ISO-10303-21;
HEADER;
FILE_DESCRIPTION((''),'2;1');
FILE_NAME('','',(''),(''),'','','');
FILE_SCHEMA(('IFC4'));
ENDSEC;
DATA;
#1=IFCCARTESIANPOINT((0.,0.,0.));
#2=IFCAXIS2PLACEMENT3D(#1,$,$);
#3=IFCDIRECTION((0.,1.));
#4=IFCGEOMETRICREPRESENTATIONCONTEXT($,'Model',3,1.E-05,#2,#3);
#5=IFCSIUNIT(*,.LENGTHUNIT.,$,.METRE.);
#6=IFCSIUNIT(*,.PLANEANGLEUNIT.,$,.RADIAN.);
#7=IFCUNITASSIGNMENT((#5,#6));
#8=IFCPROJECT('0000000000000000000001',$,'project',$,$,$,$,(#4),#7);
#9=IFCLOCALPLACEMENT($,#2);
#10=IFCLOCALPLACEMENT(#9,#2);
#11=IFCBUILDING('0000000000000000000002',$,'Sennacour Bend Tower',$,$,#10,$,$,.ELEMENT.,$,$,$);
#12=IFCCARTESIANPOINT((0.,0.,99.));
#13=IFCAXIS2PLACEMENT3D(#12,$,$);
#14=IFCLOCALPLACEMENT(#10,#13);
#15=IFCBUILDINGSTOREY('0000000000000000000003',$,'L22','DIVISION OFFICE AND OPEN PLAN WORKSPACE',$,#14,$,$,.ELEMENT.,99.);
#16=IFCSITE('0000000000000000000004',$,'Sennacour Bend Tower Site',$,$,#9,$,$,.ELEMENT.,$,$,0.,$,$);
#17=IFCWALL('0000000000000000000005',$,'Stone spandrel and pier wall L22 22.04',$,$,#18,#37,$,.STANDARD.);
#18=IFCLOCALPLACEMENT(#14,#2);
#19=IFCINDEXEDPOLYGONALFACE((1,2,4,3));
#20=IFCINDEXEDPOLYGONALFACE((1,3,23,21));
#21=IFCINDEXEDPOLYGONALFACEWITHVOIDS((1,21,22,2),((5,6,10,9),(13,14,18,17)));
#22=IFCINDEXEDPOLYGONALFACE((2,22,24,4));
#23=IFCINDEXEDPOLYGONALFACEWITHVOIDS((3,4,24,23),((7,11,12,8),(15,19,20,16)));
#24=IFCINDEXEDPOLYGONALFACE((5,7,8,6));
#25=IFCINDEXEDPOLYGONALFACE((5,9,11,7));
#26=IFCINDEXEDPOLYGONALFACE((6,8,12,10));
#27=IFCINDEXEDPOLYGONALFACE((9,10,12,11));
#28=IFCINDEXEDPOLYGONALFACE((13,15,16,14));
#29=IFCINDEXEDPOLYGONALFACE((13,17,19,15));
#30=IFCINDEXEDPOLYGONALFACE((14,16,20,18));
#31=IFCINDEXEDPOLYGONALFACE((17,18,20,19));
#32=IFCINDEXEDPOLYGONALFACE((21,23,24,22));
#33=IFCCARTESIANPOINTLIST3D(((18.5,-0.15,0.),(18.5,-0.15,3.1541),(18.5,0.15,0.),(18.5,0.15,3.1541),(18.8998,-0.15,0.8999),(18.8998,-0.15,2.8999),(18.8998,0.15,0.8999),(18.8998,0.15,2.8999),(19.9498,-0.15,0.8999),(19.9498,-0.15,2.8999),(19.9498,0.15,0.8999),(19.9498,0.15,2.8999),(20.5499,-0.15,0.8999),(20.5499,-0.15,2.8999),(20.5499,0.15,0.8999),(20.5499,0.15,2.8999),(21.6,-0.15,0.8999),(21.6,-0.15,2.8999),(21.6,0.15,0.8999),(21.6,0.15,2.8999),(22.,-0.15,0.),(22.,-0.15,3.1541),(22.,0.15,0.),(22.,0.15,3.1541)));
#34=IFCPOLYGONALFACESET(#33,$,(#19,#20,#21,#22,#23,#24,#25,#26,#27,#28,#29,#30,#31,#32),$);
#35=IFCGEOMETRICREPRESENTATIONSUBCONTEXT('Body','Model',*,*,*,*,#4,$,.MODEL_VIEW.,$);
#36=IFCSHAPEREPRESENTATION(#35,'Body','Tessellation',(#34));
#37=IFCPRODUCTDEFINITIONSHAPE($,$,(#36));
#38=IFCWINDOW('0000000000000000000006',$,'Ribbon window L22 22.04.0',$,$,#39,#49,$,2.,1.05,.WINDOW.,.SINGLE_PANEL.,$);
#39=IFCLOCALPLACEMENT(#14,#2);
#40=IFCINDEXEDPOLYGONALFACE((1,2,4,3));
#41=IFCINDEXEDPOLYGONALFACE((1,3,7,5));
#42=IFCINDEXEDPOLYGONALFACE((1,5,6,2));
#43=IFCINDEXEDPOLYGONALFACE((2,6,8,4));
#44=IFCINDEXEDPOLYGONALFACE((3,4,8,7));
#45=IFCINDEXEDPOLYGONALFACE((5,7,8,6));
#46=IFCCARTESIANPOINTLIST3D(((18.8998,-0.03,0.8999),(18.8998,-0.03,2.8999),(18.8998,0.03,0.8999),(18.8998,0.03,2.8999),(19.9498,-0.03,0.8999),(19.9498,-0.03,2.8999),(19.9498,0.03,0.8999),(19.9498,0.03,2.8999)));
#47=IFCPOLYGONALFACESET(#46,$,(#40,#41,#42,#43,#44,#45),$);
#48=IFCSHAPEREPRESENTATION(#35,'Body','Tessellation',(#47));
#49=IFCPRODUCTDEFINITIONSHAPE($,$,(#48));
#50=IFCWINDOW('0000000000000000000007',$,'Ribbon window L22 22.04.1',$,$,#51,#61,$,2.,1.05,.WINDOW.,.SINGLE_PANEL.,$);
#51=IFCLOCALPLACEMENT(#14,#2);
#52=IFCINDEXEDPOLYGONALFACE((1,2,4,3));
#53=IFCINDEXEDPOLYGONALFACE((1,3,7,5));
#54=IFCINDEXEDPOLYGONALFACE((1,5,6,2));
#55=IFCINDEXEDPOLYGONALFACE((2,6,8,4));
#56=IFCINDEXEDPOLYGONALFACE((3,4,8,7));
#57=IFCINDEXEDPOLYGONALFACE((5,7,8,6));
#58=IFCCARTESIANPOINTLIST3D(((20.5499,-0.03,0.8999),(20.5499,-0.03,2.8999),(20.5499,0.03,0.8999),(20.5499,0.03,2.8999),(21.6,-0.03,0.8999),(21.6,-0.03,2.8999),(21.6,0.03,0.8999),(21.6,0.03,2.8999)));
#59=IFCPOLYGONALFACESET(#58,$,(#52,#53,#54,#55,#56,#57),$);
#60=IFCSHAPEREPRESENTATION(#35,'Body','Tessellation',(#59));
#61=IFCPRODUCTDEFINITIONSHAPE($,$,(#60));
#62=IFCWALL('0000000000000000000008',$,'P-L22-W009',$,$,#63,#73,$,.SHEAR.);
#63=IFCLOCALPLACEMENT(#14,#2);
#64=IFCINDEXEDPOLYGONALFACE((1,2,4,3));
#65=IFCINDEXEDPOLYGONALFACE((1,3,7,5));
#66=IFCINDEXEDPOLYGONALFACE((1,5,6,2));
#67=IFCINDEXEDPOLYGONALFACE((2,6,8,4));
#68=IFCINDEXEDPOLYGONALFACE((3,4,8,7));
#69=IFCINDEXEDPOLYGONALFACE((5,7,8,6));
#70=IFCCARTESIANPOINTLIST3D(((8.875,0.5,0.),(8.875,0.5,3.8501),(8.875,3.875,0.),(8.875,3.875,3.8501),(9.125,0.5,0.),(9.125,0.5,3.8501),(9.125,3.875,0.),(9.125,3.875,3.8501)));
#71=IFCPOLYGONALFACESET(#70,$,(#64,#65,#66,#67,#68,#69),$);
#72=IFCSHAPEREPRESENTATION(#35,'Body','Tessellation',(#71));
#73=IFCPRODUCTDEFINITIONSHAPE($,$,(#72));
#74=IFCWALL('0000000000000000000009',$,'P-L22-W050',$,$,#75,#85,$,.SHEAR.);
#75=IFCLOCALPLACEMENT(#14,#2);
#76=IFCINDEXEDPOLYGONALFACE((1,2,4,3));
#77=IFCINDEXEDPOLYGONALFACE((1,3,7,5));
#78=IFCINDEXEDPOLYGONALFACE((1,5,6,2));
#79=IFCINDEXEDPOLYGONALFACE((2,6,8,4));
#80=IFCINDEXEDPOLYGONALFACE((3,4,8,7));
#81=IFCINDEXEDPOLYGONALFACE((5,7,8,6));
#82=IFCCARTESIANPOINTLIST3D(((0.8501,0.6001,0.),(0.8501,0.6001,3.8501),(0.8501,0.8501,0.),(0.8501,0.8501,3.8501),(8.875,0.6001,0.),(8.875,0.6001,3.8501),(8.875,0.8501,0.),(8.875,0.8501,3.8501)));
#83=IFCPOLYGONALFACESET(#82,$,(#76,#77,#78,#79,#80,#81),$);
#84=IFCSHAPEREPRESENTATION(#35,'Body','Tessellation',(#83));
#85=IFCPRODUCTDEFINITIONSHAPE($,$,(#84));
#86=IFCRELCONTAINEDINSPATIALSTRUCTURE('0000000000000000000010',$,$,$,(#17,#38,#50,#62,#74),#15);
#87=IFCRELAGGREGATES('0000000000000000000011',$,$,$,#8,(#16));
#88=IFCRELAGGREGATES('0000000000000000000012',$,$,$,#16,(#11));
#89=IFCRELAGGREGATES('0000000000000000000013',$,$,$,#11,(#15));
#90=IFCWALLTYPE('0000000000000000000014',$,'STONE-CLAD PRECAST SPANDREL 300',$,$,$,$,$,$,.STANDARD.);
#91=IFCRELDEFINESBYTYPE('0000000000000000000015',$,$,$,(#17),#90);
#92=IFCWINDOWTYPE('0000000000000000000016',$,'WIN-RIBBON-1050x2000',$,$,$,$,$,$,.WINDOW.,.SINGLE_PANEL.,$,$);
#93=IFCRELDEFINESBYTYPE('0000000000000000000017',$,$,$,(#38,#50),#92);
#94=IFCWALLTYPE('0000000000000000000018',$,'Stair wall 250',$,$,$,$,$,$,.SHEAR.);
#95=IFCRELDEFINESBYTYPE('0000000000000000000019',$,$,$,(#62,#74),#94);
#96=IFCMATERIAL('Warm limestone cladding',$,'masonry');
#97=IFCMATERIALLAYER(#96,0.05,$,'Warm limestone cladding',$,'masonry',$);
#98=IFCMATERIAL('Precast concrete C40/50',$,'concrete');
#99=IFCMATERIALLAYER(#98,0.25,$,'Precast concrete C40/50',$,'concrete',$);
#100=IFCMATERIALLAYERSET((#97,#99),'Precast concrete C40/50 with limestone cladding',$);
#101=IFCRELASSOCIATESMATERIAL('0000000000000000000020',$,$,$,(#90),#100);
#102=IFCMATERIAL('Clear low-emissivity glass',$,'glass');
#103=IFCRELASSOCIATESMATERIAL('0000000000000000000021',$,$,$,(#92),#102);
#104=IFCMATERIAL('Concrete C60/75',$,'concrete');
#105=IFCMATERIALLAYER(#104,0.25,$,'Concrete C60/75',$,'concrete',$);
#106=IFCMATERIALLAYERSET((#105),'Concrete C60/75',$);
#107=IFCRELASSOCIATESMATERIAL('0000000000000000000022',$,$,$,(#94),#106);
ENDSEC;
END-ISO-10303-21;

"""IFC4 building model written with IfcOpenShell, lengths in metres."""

from ifc_helpers import new_model, si_unit, direction, frame, frame_2d, origin, place, context, subcontext, project, spatial, rectangle, extrude, material, layer, layer_set, type_object, element, fill, save


model = new_model("IFC4")

# Units and contexts
model_context = context("Model", 3, precision=1e-05, world=origin(), true_north=direction((0.0, 1.0)))
body_context = subcontext(model_context, "Body", "Model", "MODEL_VIEW")
ifc_project = project(units=[si_unit("LENGTHUNIT", "METRE"), si_unit("PLANEANGLEUNIT", "RADIAN")], contexts=[model_context])

# Site, building, storey
site_placement = place(None, origin())
site = spatial("IfcSite", under=ifc_project, at=site_placement, Name="Sennacour Bend Tower Site", CompositionType="ELEMENT", RefElevation=0.0)
building_placement = place(site_placement, origin())
building = spatial("IfcBuilding", under=site, at=building_placement, Name="Sennacour Bend Tower", CompositionType="ELEMENT")
storey_placement = place(building_placement, frame((0.0, 0.0, 99.0)))
storey = spatial("IfcBuildingStorey", under=building, at=storey_placement, Name="L22", Description="DIVISION OFFICE AND OPEN PLAN WORKSPACE", CompositionType="ELEMENT", Elevation=99.0)

# Wall, openings, windows
ifc_material_1 = material(Name="Warm limestone cladding", Category="masonry")
ifc_layer_1 = layer(ifc_material_1, 0.05, Name="Warm limestone cladding", Category="masonry")
ifc_material_2 = material(Name="Precast concrete C40/50", Category="concrete")
ifc_layer_2 = layer(ifc_material_2, 0.25, Name="Precast concrete C40/50", Category="concrete")
ifc_layer_set_1 = layer_set([ifc_layer_1, ifc_layer_2], Name="Precast concrete C40/50 with limestone cladding")
wall_type_1 = type_object("IfcWallType", Name="STONE-CLAD PRECAST SPANDREL 300", PredefinedType="STANDARD", material=ifc_layer_set_1)
ifc_material_3 = material(Name="Clear low-emissivity glass", Category="glass")
window_type = type_object("IfcWindowType", Name="WIN-RIBBON-1050x2000", PartitioningType="SINGLE_PANEL", PredefinedType="WINDOW", material=ifc_material_3)
wall_1_placement = place(storey_placement, frame((18.5, 0.0, 0.0), z_axis=(0.0, 0.0, 1.0), x_axis=(1.0, 0.0, 0.0)))
wall_1 = element("IfcWall", 1, at=wall_1_placement, inside=storey, type_object=wall_type_1, Name="Stone spandrel and pier wall L22 22.04", PredefinedType="STANDARD", context=body_context, shape_type="SweptSolid", body=[
    extrude(rectangle(XDim=3.5, YDim=0.3, at=frame_2d((1.75, 0.0))), origin(), (0.0, 0.0, 1.0), 3.1541),
])
opening_1_placement = place(wall_1_placement, frame((0.3999, 0.0, 0.8999)))
opening_1 = element("IfcOpeningElement", 2, at=opening_1_placement, cuts=wall_1, PredefinedType="OPENING", context=body_context, shape_type="SweptSolid", body=[
    extrude(rectangle(XDim=1.05, YDim=2.0, at=frame_2d((0.5249, 1.0))), frame((0.0, 0.1602, 0.0), z_axis=(0.0, -1.0, 0.0), x_axis=(1.0, 0.0, 0.0)), (0.0, 0.0, 1.0), 0.3201),
])
opening_2_placement = place(wall_1_placement, frame((2.05, 0.0, 0.8999)))
opening_2 = element("IfcOpeningElement", 3, at=opening_2_placement, cuts=wall_1, PredefinedType="OPENING", context=body_context, shape_type="SweptSolid", body=[
    extrude(rectangle(XDim=1.05, YDim=2.0, at=frame_2d((0.5249, 1.0))), frame((0.0, 0.1602, 0.0), z_axis=(0.0, -1.0, 0.0), x_axis=(1.0, 0.0, 0.0)), (0.0, 0.0, 1.0), 0.3201),
])
window_1_placement = place(opening_1_placement, origin())
window_1 = element("IfcWindow", 4, at=window_1_placement, inside=storey, type_object=window_type, Name="Ribbon window L22 22.04.0", OverallHeight=2.0, OverallWidth=1.05, PartitioningType="SINGLE_PANEL", PredefinedType="WINDOW", context=body_context, shape_type="SweptSolid", body=[
    extrude(rectangle(XDim=1.05, YDim=2.0, at=frame_2d((0.5249, 1.0))), frame((0.0, 0.03, 0.0), z_axis=(0.0, -1.0, 0.0), x_axis=(1.0, 0.0, 0.0)), (0.0, 0.0, 1.0), 0.0601),
])
fill(opening_1, window_1)
window_2_placement = place(opening_2_placement, origin())
window_2 = element("IfcWindow", 5, at=window_2_placement, inside=storey, type_object=window_type, Name="Ribbon window L22 22.04.1", OverallHeight=2.0, OverallWidth=1.05, PartitioningType="SINGLE_PANEL", PredefinedType="WINDOW", context=body_context, shape_type="SweptSolid", body=[
    extrude(rectangle(XDim=1.05, YDim=2.0, at=frame_2d((0.5249, 1.0))), frame((0.0, 0.03, 0.0), z_axis=(0.0, -1.0, 0.0), x_axis=(1.0, 0.0, 0.0)), (0.0, 0.0, 1.0), 0.0601),
])
fill(opening_2, window_2)

# Walls
ifc_material_4 = material(Name="Concrete C60/75", Category="concrete")
ifc_layer_3 = layer(ifc_material_4, 0.25, Name="Concrete C60/75", Category="concrete")
ifc_layer_set_2 = layer_set([ifc_layer_3], Name="Concrete C60/75")
wall_type_2 = type_object("IfcWallType", Name="Stair wall 250", PredefinedType="SHEAR", material=ifc_layer_set_2)
wall_2_placement = place(storey_placement, frame((9.0, 0.5, 0.0), z_axis=(0.0, 0.0, 1.0), x_axis=(0.0, 1.0, 0.0)))
element("IfcWall", 6, at=wall_2_placement, inside=storey, type_object=wall_type_2, Name="P-L22-W009", PredefinedType="SHEAR", context=body_context, shape_type="SweptSolid", body=[
    extrude(rectangle(XDim=3.375, YDim=0.25, at=frame_2d((1.6875, 0.0))), origin(), (0.0, 0.0, 1.0), 3.8501),
])
wall_3_placement = place(storey_placement, frame((0.8501, 0.7251, 0.0), z_axis=(0.0, 0.0, 1.0), x_axis=(1.0, 0.0, 0.0)))
element("IfcWall", 7, at=wall_3_placement, inside=storey, type_object=wall_type_2, Name="P-L22-W050", PredefinedType="SHEAR", context=body_context, shape_type="SweptSolid", body=[
    extrude(rectangle(XDim=8.0249, YDim=0.25, at=frame_2d((4.0125, 0.0))), origin(), (0.0, 0.0, 1.0), 3.8501),
])

save(model, "model.ifc")
